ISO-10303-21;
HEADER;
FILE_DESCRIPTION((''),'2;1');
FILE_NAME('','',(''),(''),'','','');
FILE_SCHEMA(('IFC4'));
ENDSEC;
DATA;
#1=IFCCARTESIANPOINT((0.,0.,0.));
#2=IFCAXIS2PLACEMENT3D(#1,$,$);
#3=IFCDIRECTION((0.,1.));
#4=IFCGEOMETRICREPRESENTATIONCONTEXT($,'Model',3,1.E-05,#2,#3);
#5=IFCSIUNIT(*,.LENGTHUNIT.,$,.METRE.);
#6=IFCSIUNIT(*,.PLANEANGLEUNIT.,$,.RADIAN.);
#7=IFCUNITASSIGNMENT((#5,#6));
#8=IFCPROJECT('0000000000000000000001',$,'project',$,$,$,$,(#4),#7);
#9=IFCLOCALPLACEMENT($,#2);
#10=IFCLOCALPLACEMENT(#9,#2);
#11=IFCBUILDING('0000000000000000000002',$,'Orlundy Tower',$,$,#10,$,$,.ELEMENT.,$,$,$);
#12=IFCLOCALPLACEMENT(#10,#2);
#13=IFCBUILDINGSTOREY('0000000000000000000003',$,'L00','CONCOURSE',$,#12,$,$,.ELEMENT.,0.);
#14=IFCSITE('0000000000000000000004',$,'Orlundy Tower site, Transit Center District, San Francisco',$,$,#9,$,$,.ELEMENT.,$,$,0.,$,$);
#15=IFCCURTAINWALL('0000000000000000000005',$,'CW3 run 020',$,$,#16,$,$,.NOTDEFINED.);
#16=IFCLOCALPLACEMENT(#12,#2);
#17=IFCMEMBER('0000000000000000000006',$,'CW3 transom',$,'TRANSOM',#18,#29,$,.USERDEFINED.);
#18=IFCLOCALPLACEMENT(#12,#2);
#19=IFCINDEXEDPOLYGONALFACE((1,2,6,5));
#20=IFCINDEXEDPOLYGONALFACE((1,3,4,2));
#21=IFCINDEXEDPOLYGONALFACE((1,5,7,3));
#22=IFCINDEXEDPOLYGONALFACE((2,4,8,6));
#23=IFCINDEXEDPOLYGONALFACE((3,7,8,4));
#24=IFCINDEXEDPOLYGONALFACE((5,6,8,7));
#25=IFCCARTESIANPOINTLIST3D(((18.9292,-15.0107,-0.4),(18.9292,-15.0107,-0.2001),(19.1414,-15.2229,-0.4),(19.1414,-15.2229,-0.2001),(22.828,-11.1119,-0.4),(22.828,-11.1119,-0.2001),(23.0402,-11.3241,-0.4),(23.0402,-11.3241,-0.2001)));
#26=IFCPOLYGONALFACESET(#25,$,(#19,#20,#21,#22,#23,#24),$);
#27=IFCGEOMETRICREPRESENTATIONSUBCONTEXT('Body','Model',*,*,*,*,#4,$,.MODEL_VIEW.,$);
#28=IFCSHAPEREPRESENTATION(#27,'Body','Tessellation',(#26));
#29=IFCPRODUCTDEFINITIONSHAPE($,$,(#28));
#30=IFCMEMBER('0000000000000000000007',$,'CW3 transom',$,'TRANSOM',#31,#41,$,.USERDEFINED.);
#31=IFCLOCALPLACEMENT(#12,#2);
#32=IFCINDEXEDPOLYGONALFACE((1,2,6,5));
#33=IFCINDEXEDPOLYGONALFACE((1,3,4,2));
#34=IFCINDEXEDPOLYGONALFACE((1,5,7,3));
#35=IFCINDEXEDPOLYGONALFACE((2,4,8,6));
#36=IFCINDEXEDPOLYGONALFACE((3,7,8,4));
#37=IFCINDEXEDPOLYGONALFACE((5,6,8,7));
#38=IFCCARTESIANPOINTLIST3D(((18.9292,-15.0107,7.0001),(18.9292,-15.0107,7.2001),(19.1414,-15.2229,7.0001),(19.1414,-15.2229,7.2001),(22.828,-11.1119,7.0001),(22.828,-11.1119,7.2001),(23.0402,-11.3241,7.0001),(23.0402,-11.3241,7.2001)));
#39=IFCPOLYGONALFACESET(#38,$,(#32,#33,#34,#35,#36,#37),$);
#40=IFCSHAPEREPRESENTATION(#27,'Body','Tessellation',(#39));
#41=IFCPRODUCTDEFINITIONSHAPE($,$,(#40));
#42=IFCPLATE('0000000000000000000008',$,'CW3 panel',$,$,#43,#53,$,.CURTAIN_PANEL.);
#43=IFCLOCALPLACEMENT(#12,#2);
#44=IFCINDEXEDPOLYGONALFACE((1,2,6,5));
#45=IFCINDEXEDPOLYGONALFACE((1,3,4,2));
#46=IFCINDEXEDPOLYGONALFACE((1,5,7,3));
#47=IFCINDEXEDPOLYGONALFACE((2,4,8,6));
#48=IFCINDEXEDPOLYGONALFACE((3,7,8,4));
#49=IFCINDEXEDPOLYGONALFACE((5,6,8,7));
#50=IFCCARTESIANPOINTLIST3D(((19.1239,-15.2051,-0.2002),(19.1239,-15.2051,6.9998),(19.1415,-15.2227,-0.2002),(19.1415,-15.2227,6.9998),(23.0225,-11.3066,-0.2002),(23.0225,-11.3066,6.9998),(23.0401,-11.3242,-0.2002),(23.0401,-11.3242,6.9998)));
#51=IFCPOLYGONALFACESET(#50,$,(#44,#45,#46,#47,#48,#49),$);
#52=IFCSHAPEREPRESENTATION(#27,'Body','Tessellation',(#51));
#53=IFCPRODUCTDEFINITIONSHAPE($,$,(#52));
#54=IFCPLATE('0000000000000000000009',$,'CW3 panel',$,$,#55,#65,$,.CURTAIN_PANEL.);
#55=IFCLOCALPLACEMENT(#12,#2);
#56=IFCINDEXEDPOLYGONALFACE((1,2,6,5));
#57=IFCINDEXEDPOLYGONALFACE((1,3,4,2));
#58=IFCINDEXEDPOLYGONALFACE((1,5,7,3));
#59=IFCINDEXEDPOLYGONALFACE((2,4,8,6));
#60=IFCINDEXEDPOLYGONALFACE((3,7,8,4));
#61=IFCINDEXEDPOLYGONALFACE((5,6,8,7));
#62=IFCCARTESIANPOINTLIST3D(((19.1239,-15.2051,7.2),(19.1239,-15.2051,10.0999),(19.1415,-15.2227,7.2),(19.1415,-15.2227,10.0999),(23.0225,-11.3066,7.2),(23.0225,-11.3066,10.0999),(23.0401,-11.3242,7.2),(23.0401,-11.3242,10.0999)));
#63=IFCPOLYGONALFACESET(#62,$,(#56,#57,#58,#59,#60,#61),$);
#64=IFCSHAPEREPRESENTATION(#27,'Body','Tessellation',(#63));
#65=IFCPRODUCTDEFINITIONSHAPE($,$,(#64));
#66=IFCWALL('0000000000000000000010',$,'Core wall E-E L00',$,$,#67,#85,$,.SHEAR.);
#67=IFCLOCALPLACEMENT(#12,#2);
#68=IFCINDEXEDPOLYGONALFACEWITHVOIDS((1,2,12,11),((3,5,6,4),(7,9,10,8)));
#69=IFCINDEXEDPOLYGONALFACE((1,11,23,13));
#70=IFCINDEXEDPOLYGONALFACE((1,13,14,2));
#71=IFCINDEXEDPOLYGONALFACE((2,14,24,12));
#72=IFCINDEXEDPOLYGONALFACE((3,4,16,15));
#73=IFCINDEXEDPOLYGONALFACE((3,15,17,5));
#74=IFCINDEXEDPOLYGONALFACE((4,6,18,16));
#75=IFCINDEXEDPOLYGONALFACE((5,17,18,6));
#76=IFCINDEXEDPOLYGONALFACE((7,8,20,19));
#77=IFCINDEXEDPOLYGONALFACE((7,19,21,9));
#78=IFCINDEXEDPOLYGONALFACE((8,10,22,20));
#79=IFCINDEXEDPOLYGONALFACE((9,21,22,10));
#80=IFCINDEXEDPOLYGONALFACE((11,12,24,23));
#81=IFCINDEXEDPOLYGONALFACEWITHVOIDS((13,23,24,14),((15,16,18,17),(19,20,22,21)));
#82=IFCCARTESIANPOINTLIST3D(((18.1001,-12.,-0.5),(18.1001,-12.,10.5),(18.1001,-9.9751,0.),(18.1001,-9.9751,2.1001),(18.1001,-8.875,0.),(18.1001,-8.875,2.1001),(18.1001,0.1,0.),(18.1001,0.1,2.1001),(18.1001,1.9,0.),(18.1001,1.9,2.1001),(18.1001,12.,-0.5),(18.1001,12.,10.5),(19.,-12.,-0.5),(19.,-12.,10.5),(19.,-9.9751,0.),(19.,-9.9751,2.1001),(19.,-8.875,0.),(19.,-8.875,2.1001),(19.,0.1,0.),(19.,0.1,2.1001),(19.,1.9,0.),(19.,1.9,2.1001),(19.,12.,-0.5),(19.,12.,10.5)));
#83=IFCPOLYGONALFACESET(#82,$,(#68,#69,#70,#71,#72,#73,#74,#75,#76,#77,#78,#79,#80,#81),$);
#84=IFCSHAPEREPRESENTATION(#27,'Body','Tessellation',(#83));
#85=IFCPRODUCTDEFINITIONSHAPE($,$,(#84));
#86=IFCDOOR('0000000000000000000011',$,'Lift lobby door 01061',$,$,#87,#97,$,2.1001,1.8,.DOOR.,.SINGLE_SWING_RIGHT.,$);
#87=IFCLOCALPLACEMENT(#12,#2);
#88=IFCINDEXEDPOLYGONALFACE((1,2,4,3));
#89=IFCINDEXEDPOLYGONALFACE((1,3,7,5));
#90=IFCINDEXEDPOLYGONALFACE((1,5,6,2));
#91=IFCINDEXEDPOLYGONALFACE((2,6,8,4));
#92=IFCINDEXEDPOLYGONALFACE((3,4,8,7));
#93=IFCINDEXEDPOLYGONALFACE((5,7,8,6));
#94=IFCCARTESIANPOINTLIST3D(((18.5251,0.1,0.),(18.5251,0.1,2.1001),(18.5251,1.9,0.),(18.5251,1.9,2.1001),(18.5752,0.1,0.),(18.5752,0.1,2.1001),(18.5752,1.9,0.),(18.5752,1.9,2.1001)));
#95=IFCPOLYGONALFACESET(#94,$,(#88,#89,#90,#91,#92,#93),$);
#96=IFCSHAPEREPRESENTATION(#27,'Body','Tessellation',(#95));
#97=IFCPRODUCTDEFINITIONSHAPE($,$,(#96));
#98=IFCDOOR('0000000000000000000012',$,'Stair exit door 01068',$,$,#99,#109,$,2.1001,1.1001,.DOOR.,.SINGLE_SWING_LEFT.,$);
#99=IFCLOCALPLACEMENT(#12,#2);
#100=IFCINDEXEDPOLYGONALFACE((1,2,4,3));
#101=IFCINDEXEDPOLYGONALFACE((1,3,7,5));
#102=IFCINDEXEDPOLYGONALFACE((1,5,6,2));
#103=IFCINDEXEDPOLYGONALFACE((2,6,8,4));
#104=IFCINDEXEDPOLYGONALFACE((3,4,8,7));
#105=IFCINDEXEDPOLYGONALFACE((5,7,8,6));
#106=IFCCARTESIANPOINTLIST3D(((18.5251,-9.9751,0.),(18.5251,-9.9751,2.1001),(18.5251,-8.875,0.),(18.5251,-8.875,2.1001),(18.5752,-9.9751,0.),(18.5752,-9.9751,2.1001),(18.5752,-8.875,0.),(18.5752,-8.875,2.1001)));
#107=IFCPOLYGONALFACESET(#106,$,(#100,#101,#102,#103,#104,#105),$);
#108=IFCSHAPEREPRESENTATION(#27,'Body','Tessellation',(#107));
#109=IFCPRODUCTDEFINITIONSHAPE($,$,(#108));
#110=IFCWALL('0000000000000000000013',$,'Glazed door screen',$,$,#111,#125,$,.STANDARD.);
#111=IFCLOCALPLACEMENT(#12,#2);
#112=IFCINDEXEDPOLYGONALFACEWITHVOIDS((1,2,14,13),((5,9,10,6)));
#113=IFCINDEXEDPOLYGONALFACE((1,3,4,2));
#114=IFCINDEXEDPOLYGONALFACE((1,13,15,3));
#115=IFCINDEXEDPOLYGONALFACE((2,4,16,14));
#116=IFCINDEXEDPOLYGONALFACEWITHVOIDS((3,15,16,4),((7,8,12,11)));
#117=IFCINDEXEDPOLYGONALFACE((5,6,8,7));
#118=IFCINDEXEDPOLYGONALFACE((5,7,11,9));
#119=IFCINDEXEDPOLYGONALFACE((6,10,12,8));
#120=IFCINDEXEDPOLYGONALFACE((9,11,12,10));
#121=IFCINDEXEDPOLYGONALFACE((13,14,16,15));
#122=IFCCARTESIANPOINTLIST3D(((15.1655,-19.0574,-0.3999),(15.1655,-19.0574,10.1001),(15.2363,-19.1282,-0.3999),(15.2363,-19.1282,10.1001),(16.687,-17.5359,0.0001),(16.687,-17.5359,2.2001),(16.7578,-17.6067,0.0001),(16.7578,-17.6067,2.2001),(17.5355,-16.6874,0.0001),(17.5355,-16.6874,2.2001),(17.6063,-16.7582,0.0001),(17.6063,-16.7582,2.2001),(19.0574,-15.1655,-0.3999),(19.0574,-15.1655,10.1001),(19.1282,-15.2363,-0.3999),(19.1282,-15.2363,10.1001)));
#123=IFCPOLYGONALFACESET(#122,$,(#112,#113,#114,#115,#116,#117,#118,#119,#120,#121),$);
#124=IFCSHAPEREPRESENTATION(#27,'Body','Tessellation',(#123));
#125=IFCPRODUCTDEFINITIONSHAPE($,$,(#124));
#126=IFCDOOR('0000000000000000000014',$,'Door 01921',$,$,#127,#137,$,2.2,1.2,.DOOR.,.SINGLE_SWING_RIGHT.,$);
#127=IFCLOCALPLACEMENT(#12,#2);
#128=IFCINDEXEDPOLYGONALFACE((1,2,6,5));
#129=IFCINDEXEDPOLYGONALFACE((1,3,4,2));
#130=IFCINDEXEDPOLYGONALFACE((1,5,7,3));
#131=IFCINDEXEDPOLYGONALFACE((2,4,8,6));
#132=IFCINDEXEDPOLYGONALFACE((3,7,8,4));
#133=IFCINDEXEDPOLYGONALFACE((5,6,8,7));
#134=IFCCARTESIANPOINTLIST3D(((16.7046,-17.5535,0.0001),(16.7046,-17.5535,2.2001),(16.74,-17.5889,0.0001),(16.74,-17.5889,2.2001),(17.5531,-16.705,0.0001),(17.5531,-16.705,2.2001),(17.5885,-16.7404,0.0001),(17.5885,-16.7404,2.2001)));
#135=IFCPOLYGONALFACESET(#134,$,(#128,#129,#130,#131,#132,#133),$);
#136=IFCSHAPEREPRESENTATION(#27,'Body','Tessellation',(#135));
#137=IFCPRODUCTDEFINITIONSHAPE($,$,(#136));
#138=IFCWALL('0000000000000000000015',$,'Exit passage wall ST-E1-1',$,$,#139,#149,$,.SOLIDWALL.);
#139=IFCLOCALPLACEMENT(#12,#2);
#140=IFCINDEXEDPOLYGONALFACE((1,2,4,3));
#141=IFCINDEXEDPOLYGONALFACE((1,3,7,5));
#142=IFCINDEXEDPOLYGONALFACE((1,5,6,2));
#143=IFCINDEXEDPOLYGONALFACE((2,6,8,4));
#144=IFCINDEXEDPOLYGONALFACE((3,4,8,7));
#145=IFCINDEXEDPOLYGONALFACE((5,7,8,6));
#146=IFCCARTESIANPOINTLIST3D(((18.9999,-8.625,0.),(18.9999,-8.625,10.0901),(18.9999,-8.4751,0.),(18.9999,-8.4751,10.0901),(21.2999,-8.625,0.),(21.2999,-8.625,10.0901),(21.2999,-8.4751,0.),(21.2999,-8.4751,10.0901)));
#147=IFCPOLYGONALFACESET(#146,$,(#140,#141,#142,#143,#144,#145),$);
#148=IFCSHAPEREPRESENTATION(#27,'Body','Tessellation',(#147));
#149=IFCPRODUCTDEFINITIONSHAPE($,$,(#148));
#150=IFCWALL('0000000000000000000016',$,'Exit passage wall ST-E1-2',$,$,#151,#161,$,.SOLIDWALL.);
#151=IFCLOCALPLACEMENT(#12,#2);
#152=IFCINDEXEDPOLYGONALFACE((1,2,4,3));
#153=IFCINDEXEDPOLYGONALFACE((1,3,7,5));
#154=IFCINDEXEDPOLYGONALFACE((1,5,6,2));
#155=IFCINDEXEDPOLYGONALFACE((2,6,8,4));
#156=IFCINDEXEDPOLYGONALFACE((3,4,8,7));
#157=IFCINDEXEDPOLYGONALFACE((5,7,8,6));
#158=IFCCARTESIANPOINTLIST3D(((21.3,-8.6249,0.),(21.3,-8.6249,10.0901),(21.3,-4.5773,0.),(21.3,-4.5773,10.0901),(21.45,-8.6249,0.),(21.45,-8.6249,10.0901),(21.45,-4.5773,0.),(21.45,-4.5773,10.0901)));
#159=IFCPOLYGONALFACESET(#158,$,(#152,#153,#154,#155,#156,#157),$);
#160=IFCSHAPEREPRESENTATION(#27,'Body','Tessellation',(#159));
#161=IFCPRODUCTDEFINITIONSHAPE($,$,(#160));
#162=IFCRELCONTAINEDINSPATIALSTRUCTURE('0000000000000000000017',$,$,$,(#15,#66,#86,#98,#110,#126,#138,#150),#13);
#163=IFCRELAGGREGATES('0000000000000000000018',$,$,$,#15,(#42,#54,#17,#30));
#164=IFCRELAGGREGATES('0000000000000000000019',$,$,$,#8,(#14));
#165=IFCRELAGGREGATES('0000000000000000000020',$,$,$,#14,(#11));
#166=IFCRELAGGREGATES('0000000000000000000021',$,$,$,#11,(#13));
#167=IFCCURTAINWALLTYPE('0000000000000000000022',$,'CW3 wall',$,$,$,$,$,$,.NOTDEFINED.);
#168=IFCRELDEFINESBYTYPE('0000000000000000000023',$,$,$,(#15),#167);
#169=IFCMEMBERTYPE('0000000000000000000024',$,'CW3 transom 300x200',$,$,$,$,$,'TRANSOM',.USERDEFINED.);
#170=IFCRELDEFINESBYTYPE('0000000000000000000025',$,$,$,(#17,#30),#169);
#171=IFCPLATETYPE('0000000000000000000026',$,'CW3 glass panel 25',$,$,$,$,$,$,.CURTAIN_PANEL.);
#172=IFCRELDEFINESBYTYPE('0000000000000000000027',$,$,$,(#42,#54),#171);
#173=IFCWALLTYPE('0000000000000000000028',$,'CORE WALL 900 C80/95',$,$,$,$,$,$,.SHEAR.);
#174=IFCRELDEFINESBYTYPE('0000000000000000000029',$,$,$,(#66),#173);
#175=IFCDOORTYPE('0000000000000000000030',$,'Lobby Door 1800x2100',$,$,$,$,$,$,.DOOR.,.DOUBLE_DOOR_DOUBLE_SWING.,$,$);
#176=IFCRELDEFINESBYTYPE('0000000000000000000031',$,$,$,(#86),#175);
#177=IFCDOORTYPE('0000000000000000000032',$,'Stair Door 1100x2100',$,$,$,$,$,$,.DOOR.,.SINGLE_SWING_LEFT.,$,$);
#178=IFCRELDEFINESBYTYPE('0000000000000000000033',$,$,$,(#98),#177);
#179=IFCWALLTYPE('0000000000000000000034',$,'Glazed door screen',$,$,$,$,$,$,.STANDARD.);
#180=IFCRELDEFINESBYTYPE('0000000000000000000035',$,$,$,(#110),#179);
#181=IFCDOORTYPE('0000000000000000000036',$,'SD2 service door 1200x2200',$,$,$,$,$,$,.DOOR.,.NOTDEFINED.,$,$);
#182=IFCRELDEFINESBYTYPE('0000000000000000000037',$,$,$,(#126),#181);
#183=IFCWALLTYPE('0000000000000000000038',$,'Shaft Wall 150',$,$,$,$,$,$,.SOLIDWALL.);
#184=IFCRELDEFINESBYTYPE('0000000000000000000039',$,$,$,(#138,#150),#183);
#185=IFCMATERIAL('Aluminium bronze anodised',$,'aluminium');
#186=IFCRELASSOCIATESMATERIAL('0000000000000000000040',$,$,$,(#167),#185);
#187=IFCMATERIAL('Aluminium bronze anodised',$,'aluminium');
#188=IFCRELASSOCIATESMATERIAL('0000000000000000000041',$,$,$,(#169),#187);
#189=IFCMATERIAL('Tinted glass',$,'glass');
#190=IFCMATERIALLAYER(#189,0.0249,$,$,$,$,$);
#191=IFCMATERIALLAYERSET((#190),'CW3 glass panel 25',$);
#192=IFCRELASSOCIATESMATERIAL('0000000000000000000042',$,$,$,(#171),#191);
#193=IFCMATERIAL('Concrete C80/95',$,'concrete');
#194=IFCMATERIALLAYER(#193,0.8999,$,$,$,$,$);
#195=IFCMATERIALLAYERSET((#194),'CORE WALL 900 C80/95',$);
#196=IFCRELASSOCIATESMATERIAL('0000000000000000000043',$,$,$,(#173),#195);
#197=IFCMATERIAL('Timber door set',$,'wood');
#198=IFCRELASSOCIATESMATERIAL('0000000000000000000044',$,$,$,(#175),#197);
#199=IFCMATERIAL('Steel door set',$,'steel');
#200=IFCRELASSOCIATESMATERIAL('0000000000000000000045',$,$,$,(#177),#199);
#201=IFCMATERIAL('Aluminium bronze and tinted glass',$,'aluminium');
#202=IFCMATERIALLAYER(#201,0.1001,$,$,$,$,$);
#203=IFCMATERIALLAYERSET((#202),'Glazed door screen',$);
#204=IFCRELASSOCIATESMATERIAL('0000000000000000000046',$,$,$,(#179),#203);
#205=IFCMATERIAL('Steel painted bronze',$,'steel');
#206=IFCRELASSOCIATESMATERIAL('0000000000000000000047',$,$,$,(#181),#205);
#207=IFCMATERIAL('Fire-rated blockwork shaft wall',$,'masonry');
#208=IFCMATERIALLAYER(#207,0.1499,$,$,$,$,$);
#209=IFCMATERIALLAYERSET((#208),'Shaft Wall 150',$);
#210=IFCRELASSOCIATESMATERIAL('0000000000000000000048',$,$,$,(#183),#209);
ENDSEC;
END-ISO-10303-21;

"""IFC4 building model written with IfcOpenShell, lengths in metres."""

from ifc_helpers import new_model, si_unit, direction, frame, frame_2d, origin, origin_2d, place, context, subcontext, project, spatial, rectangle, extrude, material, layer, layer_set, material_profile, profile_set, type_object, element, fill, aggregate, save


model = new_model("IFC4")

# Units and contexts
model_context = context("Model", 3, precision=1e-05, world=origin(), true_north=direction((0.0, 1.0)))
body_context = subcontext(model_context, "Body", "Model", "MODEL_VIEW")
ifc_project = project(units=[si_unit("LENGTHUNIT", "METRE"), si_unit("PLANEANGLEUNIT", "RADIAN")], contexts=[model_context])

# Site, building, storey
site_placement = place(None, origin())
site = spatial("IfcSite", under=ifc_project, at=site_placement, Name="Orlundy Tower site, Transit Center District, San Francisco", CompositionType="ELEMENT", RefElevation=0.0)
building_placement = place(site_placement, origin())
building = spatial("IfcBuilding", under=site, at=building_placement, Name="Orlundy Tower", CompositionType="ELEMENT")
storey_placement = place(building_placement, origin())
storey = spatial("IfcBuildingStorey", under=building, at=storey_placement, Name="L00", Description="CONCOURSE", CompositionType="ELEMENT", Elevation=0.0)

# Curtain wall, members, plates
ifc_material_1 = material(Name="Aluminium bronze anodised", Category="aluminium")
curtain_wall_type = type_object("IfcCurtainWallType", Name="CW3 wall", PredefinedType="NOTDEFINED", material=ifc_material_1)
curtain_wall_placement = place(storey_placement, origin())
curtain_wall = element("IfcCurtainWall", 1, at=curtain_wall_placement, inside=storey, type_object=curtain_wall_type, Name="CW3 run 020", PredefinedType="NOTDEFINED")
ifc_material_2 = material(Name="Aluminium bronze anodised", Category="aluminium")
ifc_material_profile_1 = material_profile(ifc_material_2, rectangle(XDim=0.3, YDim=0.2, at=origin_2d()), Name="CW3 transom 300x200")
ifc_profile_set_1 = profile_set([ifc_material_profile_1], Name="Aluminium bronze anodised")
member_type_1 = type_object("IfcMemberType", Name="CW3 transom 300x200", ElementType="TRANSOM", PredefinedType="USERDEFINED", material=ifc_profile_set_1)
member_1_placement = place(storey_placement, frame((22.9341, -11.218, -0.3), z_axis=(-0.707107, -0.707107, 0.0), x_axis=(0.707107, -0.707107, 0.0)))
member_1 = element("IfcMember", 2, at=member_1_placement, type_object=member_type_1, Name="CW3 transom", ObjectType="TRANSOM", PredefinedType="USERDEFINED", context=body_context, shape_type="SweptSolid", body=[
    extrude(rectangle(XDim=0.3, YDim=0.2, at=origin_2d()), origin(), (0.0, 0.0, 1.0), 5.5137),
])
member_2_placement = place(storey_placement, frame((22.9341, -11.218, 7.1001), z_axis=(-0.707107, -0.707107, 0.0), x_axis=(0.707107, -0.707107, 0.0)))
member_2 = element("IfcMember", 3, at=member_2_placement, type_object=member_type_1, Name="CW3 transom", ObjectType="TRANSOM", PredefinedType="USERDEFINED", context=body_context, shape_type="SweptSolid", body=[
    extrude(rectangle(XDim=0.3, YDim=0.2, at=origin_2d()), origin(), (0.0, 0.0, 1.0), 5.5137),
])
ifc_material_3 = material(Name="Tinted glass", Category="glass")
ifc_layer_1 = layer(ifc_material_3, 0.0249)
ifc_layer_set_1 = layer_set([ifc_layer_1], Name="CW3 glass panel 25")
plate_type = type_object("IfcPlateType", Name="CW3 glass panel 25", PredefinedType="CURTAIN_PANEL", material=ifc_layer_set_1)
plate_1_placement = place(storey_placement, frame((21.082, -13.2646, -0.2002), z_axis=(0.0, 0.0, 1.0), x_axis=(-0.707107, -0.707107, 0.0)))
plate_1 = element("IfcPlate", 4, at=plate_1_placement, type_object=plate_type, Name="CW3 panel", PredefinedType="CURTAIN_PANEL", context=body_context, shape_type="SweptSolid", body=[
    extrude(rectangle(XDim=5.5134, YDim=0.0249, at=origin_2d()), origin(), (0.0, 0.0, 1.0), 7.2),
])
plate_2_placement = place(storey_placement, frame((21.082, -13.2646, 7.2), z_axis=(0.0, 0.0, 1.0), x_axis=(-0.707107, -0.707107, 0.0)))
plate_2 = element("IfcPlate", 5, at=plate_2_placement, type_object=plate_type, Name="CW3 panel", PredefinedType="CURTAIN_PANEL", context=body_context, shape_type="SweptSolid", body=[
    extrude(rectangle(XDim=5.5134, YDim=0.0249, at=origin_2d()), origin(), (0.0, 0.0, 1.0), 2.8999),
])
aggregate(curtain_wall, [plate_1, plate_2, member_1, member_2])

# Wall, openings, doors
ifc_material_4 = material(Name="Concrete C80/95", Category="concrete")
ifc_layer_2 = layer(ifc_material_4, 0.8999)
ifc_layer_set_2 = layer_set([ifc_layer_2], Name="CORE WALL 900 C80/95")
wall_type_1 = type_object("IfcWallType", Name="CORE WALL 900 C80/95", PredefinedType="SHEAR", material=ifc_layer_set_2)
wall_1_placement = place(storey_placement, frame((18.55, -12.0, -0.5), z_axis=(0.0, 0.0, 1.0), x_axis=(0.0, 1.0, 0.0)))
wall_1 = element("IfcWall", 6, at=wall_1_placement, inside=storey, type_object=wall_type_1, Name="Core wall E-E L00", PredefinedType="SHEAR", context=body_context, shape_type="SweptSolid", body=[
    extrude(rectangle(XDim=24.0, YDim=0.8999, at=frame_2d((12.0, 0.0))), origin(), (0.0, 0.0, 1.0), 11.0),
])
opening_1_placement = place(wall_1_placement, frame((12.1001, 0.0, 0.5)))
opening_1 = element("IfcOpeningElement", 7, at=opening_1_placement, cuts=wall_1, PredefinedType="OPENING", context=body_context, shape_type="SweptSolid", body=[
    extrude(rectangle(XDim=1.8, YDim=2.1001, at=frame_2d((0.8999, 1.05))), frame((0.0, 0.46, 0.0), z_axis=(0.0, -1.0, 0.0), x_axis=(1.0, 0.0, 0.0)), (0.0, 0.0, 1.0), 0.9199),
])
opening_2_placement = place(wall_1_placement, frame((2.0249, 0.0, 0.5)))
opening_2 = element("IfcOpeningElement", 8, at=opening_2_placement, cuts=wall_1, PredefinedType="OPENING", context=body_context, shape_type="SweptSolid", body=[
    extrude(rectangle(XDim=1.1001, YDim=2.1001, at=frame_2d((0.55, 1.05))), frame((0.0, 0.46, 0.0), z_axis=(0.0, -1.0, 0.0), x_axis=(1.0, 0.0, 0.0)), (0.0, 0.0, 1.0), 0.9199),
])
ifc_material_5 = material(Name="Timber door set", Category="wood")
door_type_1 = type_object("IfcDoorType", Name="Lobby Door 1800x2100", OperationType="DOUBLE_DOOR_DOUBLE_SWING", PredefinedType="DOOR", material=ifc_material_5)
door_1_placement = place(opening_1_placement, origin())
door_1 = element("IfcDoor", 9, at=door_1_placement, inside=storey, type_object=door_type_1, Name="Lift lobby door 01061", OperationType="SINGLE_SWING_RIGHT", OverallHeight=2.1001, OverallWidth=1.8, PredefinedType="DOOR", context=body_context, shape_type="SweptSolid", body=[
    extrude(rectangle(XDim=1.8, YDim=2.1001, at=frame_2d((0.8999, 1.05))), frame((0.0, 0.0249, 0.0), z_axis=(0.0, -1.0, 0.0), x_axis=(1.0, 0.0, 0.0)), (0.0, 0.0, 1.0), 0.05),
])
fill(opening_1, door_1)
ifc_material_6 = material(Name="Steel door set", Category="steel")
door_type_2 = type_object("IfcDoorType", Name="Stair Door 1100x2100", OperationType="SINGLE_SWING_LEFT", PredefinedType="DOOR", material=ifc_material_6)
door_2_placement = place(opening_2_placement, origin())
door_2 = element("IfcDoor", 10, at=door_2_placement, inside=storey, type_object=door_type_2, Name="Stair exit door 01068", OperationType="SINGLE_SWING_LEFT", OverallHeight=2.1001, OverallWidth=1.1001, PredefinedType="DOOR", context=body_context, shape_type="SweptSolid", body=[
    extrude(rectangle(XDim=1.1001, YDim=2.1001, at=frame_2d((0.55, 1.05))), frame((0.0, 0.0249, 0.0), z_axis=(0.0, -1.0, 0.0), x_axis=(1.0, 0.0, 0.0)), (0.0, 0.0, 1.0), 0.05),
])
fill(opening_2, door_2)

# Wall, opening, door
ifc_material_7 = material(Name="Aluminium bronze and tinted glass", Category="aluminium")
ifc_layer_3 = layer(ifc_material_7, 0.1001)
ifc_layer_set_3 = layer_set([ifc_layer_3], Name="Glazed door screen")
wall_type_2 = type_object("IfcWallType", Name="Glazed door screen", PredefinedType="STANDARD", material=ifc_layer_set_3)
wall_2_placement = place(storey_placement, frame((19.0928, -15.2009, -0.3999), z_axis=(0.0, 0.0, 1.0), x_axis=(-0.707107, -0.707107, 0.0)))
wall_2 = element("IfcWall", 11, at=wall_2_placement, inside=storey, type_object=wall_type_2, Name="Glazed door screen", PredefinedType="STANDARD", context=body_context, shape_type="SweptSolid", body=[
    extrude(rectangle(XDim=5.5039, YDim=0.1001, at=frame_2d((2.752, 0.0))), origin(), (0.0, 0.0, 1.0), 10.5),
])
opening_3_placement = place(wall_2_placement, frame((2.1521, 0.0, 0.3999)))
opening_3 = element("IfcOpeningElement", 12, at=opening_3_placement, cuts=wall_2, PredefinedType="OPENING", context=body_context, shape_type="SweptSolid", body=[
    extrude(rectangle(XDim=1.2, YDim=2.2, at=frame_2d((0.6001, 1.1001))), frame((0.0, 0.0601, 0.0), z_axis=(0.0, -1.0, 0.0), x_axis=(1.0, 0.0, 0.0)), (0.0, 0.0, 1.0), 0.1201),
])
ifc_material_8 = material(Name="Steel painted bronze", Category="steel")
door_type_3 = type_object("IfcDoorType", Name="SD2 service door 1200x2200", OperationType="NOTDEFINED", PredefinedType="DOOR", material=ifc_material_8)
door_3_placement = place(opening_3_placement, origin())
door_3 = element("IfcDoor", 13, at=door_3_placement, inside=storey, type_object=door_type_3, Name="Door 01921", OperationType="SINGLE_SWING_RIGHT", OverallHeight=2.2, OverallWidth=1.2, PredefinedType="DOOR", context=body_context, shape_type="SweptSolid", body=[
    extrude(rectangle(XDim=1.2, YDim=2.2, at=frame_2d((0.6001, 1.1001))), frame((0.0, 0.0249, 0.0), z_axis=(0.0, -1.0, 0.0), x_axis=(1.0, 0.0, 0.0)), (0.0, 0.0, 1.0), 0.05),
])
fill(opening_3, door_3)

# Walls
ifc_material_9 = material(Name="Fire-rated blockwork shaft wall", Category="masonry")
ifc_layer_4 = layer(ifc_material_9, 0.1499)
ifc_layer_set_4 = layer_set([ifc_layer_4], Name="Shaft Wall 150")
wall_type_3 = type_object("IfcWallType", Name="Shaft Wall 150", PredefinedType="SOLIDWALL", material=ifc_layer_set_4)
wall_3_placement = place(storey_placement, frame((19.0, -8.55, 0.0), z_axis=(0.0, 0.0, 1.0), x_axis=(1.0, 0.0, 0.0)))
element("IfcWall", 14, at=wall_3_placement, inside=storey, type_object=wall_type_3, Name="Exit passage wall ST-E1-1", PredefinedType="SOLIDWALL", context=body_context, shape_type="SweptSolid", body=[
    extrude(rectangle(XDim=2.3, YDim=0.1499, at=frame_2d((1.1499, 0.0))), origin(), (0.0, 0.0, 1.0), 10.0901),
])
wall_4_placement = place(storey_placement, frame((21.375, -8.625, 0.0), z_axis=(0.0, 0.0, 1.0), x_axis=(0.0, 1.0, 0.0)))
element("IfcWall", 15, at=wall_4_placement, inside=storey, type_object=wall_type_3, Name="Exit passage wall ST-E1-2", PredefinedType="SOLIDWALL", context=body_context, shape_type="SweptSolid", body=[
    extrude(rectangle(XDim=4.0476, YDim=0.1499, at=frame_2d((2.0239, 0.0))), origin(), (0.0, 0.0, 1.0), 10.0901),
])

save(model, "model.ifc")
